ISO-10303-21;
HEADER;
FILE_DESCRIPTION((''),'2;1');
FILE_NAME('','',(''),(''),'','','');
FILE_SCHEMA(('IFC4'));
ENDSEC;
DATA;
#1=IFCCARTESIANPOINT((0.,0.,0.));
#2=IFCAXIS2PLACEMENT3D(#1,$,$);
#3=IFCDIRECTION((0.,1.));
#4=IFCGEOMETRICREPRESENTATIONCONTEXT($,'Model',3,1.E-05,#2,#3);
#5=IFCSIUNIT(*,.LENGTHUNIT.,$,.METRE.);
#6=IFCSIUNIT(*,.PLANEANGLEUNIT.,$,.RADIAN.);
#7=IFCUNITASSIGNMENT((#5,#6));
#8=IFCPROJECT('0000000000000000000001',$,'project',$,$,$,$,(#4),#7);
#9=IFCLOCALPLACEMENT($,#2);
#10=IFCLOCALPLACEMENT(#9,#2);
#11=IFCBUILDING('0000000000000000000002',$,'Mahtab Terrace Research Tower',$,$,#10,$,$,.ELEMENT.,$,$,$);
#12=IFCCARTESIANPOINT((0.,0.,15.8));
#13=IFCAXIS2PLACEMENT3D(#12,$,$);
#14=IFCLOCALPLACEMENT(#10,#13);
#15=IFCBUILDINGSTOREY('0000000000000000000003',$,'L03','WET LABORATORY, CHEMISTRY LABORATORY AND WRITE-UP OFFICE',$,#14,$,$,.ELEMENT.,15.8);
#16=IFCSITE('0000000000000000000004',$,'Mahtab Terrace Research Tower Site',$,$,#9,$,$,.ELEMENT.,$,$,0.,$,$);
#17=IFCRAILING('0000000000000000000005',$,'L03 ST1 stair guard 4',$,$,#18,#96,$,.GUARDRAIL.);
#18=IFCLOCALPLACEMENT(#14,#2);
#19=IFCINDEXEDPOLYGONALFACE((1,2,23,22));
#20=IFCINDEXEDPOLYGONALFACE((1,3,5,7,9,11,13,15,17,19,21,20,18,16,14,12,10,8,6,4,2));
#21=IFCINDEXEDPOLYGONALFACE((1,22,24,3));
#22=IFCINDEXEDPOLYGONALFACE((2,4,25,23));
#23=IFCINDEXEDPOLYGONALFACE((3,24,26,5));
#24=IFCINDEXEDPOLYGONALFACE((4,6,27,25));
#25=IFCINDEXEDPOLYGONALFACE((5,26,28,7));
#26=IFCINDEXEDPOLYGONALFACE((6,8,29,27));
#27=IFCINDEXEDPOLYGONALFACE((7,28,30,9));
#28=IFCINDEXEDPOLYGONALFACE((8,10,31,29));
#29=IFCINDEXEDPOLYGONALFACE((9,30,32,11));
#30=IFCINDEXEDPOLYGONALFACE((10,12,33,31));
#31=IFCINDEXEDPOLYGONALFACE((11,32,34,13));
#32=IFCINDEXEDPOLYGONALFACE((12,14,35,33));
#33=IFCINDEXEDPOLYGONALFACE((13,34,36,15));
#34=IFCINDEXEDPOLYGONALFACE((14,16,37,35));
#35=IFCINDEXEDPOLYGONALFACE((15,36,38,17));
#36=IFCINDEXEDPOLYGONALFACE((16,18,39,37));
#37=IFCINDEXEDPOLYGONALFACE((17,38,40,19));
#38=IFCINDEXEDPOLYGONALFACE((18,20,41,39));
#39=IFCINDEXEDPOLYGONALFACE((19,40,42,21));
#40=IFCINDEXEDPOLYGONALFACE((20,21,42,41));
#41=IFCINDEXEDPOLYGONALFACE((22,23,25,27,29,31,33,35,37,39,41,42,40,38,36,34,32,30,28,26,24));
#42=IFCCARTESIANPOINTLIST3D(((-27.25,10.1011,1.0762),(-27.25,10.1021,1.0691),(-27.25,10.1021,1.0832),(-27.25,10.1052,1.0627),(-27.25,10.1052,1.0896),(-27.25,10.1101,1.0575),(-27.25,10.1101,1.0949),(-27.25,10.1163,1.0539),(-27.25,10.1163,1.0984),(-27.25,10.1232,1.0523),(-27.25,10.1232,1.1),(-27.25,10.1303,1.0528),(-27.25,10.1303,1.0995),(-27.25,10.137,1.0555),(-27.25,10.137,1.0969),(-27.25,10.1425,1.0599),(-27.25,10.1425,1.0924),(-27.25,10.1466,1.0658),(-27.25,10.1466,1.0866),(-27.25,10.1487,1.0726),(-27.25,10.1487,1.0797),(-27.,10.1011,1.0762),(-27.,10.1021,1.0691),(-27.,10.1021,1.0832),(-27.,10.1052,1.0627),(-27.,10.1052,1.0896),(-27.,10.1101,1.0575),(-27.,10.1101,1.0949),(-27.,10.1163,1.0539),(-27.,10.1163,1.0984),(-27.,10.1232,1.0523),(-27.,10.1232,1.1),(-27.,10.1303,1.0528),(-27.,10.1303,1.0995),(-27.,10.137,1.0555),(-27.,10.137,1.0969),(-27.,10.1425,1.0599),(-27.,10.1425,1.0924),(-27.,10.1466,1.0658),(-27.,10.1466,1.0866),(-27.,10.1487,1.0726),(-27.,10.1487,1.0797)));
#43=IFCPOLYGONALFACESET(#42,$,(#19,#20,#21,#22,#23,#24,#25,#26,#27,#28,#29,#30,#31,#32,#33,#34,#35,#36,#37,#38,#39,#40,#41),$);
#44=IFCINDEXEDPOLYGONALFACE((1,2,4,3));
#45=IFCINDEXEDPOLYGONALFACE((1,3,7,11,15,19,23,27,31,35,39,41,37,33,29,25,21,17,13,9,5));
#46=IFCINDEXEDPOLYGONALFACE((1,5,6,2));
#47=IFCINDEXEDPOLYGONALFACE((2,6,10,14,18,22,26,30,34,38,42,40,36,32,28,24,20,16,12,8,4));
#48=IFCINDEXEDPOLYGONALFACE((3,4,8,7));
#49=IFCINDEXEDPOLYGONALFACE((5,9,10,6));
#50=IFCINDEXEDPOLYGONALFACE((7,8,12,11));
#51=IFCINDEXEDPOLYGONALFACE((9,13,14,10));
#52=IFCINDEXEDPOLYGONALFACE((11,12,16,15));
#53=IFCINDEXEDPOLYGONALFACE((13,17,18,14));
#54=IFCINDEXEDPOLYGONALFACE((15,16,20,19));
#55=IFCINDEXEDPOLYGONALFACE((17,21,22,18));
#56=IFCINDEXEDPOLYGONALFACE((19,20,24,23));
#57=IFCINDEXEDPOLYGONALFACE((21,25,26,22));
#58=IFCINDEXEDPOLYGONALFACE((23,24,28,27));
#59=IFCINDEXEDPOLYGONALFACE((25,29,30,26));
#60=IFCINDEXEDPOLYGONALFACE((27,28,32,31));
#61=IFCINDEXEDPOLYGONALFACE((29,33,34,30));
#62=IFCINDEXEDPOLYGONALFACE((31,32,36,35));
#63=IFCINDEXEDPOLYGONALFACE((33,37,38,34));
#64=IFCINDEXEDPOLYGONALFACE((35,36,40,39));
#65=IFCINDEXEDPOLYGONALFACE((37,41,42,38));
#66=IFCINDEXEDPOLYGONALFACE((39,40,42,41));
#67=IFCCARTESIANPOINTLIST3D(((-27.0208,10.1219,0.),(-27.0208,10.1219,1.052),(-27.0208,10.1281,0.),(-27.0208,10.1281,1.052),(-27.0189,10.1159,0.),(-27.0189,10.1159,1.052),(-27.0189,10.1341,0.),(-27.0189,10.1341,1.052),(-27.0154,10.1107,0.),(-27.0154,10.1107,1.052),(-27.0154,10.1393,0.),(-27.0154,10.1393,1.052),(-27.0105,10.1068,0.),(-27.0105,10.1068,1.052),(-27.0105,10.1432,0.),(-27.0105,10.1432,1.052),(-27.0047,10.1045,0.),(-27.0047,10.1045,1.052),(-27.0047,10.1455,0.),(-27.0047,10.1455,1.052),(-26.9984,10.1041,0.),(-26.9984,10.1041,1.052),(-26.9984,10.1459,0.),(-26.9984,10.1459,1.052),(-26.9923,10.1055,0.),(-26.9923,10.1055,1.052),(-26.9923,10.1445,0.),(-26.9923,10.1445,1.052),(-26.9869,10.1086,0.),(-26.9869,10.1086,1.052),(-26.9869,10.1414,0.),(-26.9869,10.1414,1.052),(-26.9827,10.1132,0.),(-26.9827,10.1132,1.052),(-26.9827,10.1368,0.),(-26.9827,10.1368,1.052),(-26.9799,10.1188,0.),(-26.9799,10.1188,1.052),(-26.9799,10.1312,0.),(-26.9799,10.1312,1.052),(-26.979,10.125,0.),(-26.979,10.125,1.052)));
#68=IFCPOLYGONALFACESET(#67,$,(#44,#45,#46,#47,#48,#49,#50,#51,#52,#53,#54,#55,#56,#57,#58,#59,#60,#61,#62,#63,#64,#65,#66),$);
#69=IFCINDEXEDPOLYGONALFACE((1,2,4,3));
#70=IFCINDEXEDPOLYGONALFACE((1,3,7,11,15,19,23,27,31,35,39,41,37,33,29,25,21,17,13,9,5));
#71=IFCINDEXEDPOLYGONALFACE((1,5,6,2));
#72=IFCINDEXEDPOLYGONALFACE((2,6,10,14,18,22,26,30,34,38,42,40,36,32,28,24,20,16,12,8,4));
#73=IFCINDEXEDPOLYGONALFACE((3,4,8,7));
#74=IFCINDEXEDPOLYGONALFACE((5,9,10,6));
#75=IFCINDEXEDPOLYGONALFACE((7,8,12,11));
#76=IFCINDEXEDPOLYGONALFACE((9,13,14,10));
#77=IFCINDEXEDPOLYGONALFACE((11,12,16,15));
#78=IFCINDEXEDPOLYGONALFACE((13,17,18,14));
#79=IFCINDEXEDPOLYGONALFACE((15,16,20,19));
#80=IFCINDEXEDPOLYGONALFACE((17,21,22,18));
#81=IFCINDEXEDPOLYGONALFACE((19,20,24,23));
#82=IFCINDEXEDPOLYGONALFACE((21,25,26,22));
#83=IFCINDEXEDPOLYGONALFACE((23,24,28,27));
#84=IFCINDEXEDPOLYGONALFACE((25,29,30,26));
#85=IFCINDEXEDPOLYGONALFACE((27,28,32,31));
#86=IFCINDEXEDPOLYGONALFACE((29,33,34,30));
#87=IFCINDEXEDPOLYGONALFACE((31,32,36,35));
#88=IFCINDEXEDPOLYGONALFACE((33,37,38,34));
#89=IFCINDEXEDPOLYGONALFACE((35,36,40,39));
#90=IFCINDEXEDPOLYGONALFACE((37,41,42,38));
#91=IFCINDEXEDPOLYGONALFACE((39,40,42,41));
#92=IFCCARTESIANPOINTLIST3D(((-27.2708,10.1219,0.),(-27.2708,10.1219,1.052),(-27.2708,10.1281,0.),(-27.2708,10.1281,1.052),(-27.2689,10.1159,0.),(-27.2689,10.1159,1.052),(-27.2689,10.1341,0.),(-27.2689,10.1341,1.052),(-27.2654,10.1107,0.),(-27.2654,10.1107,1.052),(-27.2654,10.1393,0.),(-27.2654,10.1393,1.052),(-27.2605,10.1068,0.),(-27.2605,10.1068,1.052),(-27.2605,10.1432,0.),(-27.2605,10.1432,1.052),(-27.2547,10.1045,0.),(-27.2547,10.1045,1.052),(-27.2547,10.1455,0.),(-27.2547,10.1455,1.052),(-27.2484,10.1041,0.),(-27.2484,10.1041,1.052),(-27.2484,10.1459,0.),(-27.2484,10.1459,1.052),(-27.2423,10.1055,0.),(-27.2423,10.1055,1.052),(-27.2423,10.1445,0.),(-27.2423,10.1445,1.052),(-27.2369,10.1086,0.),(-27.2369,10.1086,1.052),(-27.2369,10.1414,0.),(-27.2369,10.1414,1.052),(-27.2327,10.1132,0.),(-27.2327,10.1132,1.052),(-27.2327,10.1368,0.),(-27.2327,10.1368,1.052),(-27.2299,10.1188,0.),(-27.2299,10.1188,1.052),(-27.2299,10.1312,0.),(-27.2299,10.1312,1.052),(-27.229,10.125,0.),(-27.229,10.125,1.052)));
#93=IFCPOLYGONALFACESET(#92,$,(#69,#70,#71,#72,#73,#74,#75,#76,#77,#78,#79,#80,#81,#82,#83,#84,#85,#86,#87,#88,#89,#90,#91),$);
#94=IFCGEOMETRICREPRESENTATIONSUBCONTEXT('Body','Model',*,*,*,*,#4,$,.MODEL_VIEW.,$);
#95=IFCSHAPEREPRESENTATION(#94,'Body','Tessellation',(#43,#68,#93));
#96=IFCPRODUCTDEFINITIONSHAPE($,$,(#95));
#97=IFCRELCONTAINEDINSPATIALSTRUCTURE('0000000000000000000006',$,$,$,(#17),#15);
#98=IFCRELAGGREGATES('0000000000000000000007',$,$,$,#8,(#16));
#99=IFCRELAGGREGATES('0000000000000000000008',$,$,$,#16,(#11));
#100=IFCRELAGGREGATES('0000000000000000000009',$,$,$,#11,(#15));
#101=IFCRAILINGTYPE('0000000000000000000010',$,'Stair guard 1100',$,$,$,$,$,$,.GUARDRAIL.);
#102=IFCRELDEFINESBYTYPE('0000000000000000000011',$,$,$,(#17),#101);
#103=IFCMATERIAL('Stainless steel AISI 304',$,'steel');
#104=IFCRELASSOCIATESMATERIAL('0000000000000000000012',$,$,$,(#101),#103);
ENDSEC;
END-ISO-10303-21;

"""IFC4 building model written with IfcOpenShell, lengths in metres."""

from ifc_helpers import new_model, si_unit, direction, frame, origin, origin_2d, place, context, subcontext, project, spatial, circle, extrude, material, type_object, element, save


model = new_model("IFC4")

# Units and contexts
model_context = context("Model", 3, precision=1e-05, world=origin(), true_north=direction((0.0, 1.0)))
body_context = subcontext(model_context, "Body", "Model", "MODEL_VIEW")
ifc_project = project(units=[si_unit("LENGTHUNIT", "METRE"), si_unit("PLANEANGLEUNIT", "RADIAN")], contexts=[model_context])

# Site, building, storey
site_placement = place(None, origin())
site = spatial("IfcSite", under=ifc_project, at=site_placement, Name="Mahtab Terrace Research Tower Site", CompositionType="ELEMENT", RefElevation=0.0)
building_placement = place(site_placement, origin())
building = spatial("IfcBuilding", under=site, at=building_placement, Name="Mahtab Terrace Research Tower", CompositionType="ELEMENT")
storey_placement = place(building_placement, frame((0.0, 0.0, 15.8)))
storey = spatial("IfcBuildingStorey", under=building, at=storey_placement, Name="L03", Description="WET LABORATORY, CHEMISTRY LABORATORY AND WRITE-UP OFFICE", CompositionType="ELEMENT", Elevation=15.8)

# Railing
ifc_material_1 = material(Name="Stainless steel AISI 304", Category="steel")
railing_type_1 = type_object("IfcRailingType", Name="Stair guard 1100", PredefinedType="GUARDRAIL", material=ifc_material_1)
railing_1_placement = place(storey_placement, frame((-27.0, 10.125, 0.0)))
element("IfcRailing", 1, at=railing_1_placement, inside=storey, type_object=railing_type_1, Name="L03 ST1 stair guard 4", PredefinedType="GUARDRAIL", context=body_context, shape_type="SweptSolid", body=[
    extrude(circle(Radius=0.0239, at=origin_2d()), frame((0.0, 0.0, 1.0762), z_axis=(-1.0, 0.0, 0.0), x_axis=(0.0, -1.0, 0.0)), (0.0, 0.0, 1.0), 0.25),
    extrude(circle(Radius=0.021, at=origin_2d()), origin(), (0.0, 0.0, 1.0), 1.052),
    extrude(circle(Radius=0.021, at=origin_2d()), frame((-0.25, 0.0, 0.0)), (0.0, 0.0, 1.0), 1.052),
])

save(model, "model.ifc")
